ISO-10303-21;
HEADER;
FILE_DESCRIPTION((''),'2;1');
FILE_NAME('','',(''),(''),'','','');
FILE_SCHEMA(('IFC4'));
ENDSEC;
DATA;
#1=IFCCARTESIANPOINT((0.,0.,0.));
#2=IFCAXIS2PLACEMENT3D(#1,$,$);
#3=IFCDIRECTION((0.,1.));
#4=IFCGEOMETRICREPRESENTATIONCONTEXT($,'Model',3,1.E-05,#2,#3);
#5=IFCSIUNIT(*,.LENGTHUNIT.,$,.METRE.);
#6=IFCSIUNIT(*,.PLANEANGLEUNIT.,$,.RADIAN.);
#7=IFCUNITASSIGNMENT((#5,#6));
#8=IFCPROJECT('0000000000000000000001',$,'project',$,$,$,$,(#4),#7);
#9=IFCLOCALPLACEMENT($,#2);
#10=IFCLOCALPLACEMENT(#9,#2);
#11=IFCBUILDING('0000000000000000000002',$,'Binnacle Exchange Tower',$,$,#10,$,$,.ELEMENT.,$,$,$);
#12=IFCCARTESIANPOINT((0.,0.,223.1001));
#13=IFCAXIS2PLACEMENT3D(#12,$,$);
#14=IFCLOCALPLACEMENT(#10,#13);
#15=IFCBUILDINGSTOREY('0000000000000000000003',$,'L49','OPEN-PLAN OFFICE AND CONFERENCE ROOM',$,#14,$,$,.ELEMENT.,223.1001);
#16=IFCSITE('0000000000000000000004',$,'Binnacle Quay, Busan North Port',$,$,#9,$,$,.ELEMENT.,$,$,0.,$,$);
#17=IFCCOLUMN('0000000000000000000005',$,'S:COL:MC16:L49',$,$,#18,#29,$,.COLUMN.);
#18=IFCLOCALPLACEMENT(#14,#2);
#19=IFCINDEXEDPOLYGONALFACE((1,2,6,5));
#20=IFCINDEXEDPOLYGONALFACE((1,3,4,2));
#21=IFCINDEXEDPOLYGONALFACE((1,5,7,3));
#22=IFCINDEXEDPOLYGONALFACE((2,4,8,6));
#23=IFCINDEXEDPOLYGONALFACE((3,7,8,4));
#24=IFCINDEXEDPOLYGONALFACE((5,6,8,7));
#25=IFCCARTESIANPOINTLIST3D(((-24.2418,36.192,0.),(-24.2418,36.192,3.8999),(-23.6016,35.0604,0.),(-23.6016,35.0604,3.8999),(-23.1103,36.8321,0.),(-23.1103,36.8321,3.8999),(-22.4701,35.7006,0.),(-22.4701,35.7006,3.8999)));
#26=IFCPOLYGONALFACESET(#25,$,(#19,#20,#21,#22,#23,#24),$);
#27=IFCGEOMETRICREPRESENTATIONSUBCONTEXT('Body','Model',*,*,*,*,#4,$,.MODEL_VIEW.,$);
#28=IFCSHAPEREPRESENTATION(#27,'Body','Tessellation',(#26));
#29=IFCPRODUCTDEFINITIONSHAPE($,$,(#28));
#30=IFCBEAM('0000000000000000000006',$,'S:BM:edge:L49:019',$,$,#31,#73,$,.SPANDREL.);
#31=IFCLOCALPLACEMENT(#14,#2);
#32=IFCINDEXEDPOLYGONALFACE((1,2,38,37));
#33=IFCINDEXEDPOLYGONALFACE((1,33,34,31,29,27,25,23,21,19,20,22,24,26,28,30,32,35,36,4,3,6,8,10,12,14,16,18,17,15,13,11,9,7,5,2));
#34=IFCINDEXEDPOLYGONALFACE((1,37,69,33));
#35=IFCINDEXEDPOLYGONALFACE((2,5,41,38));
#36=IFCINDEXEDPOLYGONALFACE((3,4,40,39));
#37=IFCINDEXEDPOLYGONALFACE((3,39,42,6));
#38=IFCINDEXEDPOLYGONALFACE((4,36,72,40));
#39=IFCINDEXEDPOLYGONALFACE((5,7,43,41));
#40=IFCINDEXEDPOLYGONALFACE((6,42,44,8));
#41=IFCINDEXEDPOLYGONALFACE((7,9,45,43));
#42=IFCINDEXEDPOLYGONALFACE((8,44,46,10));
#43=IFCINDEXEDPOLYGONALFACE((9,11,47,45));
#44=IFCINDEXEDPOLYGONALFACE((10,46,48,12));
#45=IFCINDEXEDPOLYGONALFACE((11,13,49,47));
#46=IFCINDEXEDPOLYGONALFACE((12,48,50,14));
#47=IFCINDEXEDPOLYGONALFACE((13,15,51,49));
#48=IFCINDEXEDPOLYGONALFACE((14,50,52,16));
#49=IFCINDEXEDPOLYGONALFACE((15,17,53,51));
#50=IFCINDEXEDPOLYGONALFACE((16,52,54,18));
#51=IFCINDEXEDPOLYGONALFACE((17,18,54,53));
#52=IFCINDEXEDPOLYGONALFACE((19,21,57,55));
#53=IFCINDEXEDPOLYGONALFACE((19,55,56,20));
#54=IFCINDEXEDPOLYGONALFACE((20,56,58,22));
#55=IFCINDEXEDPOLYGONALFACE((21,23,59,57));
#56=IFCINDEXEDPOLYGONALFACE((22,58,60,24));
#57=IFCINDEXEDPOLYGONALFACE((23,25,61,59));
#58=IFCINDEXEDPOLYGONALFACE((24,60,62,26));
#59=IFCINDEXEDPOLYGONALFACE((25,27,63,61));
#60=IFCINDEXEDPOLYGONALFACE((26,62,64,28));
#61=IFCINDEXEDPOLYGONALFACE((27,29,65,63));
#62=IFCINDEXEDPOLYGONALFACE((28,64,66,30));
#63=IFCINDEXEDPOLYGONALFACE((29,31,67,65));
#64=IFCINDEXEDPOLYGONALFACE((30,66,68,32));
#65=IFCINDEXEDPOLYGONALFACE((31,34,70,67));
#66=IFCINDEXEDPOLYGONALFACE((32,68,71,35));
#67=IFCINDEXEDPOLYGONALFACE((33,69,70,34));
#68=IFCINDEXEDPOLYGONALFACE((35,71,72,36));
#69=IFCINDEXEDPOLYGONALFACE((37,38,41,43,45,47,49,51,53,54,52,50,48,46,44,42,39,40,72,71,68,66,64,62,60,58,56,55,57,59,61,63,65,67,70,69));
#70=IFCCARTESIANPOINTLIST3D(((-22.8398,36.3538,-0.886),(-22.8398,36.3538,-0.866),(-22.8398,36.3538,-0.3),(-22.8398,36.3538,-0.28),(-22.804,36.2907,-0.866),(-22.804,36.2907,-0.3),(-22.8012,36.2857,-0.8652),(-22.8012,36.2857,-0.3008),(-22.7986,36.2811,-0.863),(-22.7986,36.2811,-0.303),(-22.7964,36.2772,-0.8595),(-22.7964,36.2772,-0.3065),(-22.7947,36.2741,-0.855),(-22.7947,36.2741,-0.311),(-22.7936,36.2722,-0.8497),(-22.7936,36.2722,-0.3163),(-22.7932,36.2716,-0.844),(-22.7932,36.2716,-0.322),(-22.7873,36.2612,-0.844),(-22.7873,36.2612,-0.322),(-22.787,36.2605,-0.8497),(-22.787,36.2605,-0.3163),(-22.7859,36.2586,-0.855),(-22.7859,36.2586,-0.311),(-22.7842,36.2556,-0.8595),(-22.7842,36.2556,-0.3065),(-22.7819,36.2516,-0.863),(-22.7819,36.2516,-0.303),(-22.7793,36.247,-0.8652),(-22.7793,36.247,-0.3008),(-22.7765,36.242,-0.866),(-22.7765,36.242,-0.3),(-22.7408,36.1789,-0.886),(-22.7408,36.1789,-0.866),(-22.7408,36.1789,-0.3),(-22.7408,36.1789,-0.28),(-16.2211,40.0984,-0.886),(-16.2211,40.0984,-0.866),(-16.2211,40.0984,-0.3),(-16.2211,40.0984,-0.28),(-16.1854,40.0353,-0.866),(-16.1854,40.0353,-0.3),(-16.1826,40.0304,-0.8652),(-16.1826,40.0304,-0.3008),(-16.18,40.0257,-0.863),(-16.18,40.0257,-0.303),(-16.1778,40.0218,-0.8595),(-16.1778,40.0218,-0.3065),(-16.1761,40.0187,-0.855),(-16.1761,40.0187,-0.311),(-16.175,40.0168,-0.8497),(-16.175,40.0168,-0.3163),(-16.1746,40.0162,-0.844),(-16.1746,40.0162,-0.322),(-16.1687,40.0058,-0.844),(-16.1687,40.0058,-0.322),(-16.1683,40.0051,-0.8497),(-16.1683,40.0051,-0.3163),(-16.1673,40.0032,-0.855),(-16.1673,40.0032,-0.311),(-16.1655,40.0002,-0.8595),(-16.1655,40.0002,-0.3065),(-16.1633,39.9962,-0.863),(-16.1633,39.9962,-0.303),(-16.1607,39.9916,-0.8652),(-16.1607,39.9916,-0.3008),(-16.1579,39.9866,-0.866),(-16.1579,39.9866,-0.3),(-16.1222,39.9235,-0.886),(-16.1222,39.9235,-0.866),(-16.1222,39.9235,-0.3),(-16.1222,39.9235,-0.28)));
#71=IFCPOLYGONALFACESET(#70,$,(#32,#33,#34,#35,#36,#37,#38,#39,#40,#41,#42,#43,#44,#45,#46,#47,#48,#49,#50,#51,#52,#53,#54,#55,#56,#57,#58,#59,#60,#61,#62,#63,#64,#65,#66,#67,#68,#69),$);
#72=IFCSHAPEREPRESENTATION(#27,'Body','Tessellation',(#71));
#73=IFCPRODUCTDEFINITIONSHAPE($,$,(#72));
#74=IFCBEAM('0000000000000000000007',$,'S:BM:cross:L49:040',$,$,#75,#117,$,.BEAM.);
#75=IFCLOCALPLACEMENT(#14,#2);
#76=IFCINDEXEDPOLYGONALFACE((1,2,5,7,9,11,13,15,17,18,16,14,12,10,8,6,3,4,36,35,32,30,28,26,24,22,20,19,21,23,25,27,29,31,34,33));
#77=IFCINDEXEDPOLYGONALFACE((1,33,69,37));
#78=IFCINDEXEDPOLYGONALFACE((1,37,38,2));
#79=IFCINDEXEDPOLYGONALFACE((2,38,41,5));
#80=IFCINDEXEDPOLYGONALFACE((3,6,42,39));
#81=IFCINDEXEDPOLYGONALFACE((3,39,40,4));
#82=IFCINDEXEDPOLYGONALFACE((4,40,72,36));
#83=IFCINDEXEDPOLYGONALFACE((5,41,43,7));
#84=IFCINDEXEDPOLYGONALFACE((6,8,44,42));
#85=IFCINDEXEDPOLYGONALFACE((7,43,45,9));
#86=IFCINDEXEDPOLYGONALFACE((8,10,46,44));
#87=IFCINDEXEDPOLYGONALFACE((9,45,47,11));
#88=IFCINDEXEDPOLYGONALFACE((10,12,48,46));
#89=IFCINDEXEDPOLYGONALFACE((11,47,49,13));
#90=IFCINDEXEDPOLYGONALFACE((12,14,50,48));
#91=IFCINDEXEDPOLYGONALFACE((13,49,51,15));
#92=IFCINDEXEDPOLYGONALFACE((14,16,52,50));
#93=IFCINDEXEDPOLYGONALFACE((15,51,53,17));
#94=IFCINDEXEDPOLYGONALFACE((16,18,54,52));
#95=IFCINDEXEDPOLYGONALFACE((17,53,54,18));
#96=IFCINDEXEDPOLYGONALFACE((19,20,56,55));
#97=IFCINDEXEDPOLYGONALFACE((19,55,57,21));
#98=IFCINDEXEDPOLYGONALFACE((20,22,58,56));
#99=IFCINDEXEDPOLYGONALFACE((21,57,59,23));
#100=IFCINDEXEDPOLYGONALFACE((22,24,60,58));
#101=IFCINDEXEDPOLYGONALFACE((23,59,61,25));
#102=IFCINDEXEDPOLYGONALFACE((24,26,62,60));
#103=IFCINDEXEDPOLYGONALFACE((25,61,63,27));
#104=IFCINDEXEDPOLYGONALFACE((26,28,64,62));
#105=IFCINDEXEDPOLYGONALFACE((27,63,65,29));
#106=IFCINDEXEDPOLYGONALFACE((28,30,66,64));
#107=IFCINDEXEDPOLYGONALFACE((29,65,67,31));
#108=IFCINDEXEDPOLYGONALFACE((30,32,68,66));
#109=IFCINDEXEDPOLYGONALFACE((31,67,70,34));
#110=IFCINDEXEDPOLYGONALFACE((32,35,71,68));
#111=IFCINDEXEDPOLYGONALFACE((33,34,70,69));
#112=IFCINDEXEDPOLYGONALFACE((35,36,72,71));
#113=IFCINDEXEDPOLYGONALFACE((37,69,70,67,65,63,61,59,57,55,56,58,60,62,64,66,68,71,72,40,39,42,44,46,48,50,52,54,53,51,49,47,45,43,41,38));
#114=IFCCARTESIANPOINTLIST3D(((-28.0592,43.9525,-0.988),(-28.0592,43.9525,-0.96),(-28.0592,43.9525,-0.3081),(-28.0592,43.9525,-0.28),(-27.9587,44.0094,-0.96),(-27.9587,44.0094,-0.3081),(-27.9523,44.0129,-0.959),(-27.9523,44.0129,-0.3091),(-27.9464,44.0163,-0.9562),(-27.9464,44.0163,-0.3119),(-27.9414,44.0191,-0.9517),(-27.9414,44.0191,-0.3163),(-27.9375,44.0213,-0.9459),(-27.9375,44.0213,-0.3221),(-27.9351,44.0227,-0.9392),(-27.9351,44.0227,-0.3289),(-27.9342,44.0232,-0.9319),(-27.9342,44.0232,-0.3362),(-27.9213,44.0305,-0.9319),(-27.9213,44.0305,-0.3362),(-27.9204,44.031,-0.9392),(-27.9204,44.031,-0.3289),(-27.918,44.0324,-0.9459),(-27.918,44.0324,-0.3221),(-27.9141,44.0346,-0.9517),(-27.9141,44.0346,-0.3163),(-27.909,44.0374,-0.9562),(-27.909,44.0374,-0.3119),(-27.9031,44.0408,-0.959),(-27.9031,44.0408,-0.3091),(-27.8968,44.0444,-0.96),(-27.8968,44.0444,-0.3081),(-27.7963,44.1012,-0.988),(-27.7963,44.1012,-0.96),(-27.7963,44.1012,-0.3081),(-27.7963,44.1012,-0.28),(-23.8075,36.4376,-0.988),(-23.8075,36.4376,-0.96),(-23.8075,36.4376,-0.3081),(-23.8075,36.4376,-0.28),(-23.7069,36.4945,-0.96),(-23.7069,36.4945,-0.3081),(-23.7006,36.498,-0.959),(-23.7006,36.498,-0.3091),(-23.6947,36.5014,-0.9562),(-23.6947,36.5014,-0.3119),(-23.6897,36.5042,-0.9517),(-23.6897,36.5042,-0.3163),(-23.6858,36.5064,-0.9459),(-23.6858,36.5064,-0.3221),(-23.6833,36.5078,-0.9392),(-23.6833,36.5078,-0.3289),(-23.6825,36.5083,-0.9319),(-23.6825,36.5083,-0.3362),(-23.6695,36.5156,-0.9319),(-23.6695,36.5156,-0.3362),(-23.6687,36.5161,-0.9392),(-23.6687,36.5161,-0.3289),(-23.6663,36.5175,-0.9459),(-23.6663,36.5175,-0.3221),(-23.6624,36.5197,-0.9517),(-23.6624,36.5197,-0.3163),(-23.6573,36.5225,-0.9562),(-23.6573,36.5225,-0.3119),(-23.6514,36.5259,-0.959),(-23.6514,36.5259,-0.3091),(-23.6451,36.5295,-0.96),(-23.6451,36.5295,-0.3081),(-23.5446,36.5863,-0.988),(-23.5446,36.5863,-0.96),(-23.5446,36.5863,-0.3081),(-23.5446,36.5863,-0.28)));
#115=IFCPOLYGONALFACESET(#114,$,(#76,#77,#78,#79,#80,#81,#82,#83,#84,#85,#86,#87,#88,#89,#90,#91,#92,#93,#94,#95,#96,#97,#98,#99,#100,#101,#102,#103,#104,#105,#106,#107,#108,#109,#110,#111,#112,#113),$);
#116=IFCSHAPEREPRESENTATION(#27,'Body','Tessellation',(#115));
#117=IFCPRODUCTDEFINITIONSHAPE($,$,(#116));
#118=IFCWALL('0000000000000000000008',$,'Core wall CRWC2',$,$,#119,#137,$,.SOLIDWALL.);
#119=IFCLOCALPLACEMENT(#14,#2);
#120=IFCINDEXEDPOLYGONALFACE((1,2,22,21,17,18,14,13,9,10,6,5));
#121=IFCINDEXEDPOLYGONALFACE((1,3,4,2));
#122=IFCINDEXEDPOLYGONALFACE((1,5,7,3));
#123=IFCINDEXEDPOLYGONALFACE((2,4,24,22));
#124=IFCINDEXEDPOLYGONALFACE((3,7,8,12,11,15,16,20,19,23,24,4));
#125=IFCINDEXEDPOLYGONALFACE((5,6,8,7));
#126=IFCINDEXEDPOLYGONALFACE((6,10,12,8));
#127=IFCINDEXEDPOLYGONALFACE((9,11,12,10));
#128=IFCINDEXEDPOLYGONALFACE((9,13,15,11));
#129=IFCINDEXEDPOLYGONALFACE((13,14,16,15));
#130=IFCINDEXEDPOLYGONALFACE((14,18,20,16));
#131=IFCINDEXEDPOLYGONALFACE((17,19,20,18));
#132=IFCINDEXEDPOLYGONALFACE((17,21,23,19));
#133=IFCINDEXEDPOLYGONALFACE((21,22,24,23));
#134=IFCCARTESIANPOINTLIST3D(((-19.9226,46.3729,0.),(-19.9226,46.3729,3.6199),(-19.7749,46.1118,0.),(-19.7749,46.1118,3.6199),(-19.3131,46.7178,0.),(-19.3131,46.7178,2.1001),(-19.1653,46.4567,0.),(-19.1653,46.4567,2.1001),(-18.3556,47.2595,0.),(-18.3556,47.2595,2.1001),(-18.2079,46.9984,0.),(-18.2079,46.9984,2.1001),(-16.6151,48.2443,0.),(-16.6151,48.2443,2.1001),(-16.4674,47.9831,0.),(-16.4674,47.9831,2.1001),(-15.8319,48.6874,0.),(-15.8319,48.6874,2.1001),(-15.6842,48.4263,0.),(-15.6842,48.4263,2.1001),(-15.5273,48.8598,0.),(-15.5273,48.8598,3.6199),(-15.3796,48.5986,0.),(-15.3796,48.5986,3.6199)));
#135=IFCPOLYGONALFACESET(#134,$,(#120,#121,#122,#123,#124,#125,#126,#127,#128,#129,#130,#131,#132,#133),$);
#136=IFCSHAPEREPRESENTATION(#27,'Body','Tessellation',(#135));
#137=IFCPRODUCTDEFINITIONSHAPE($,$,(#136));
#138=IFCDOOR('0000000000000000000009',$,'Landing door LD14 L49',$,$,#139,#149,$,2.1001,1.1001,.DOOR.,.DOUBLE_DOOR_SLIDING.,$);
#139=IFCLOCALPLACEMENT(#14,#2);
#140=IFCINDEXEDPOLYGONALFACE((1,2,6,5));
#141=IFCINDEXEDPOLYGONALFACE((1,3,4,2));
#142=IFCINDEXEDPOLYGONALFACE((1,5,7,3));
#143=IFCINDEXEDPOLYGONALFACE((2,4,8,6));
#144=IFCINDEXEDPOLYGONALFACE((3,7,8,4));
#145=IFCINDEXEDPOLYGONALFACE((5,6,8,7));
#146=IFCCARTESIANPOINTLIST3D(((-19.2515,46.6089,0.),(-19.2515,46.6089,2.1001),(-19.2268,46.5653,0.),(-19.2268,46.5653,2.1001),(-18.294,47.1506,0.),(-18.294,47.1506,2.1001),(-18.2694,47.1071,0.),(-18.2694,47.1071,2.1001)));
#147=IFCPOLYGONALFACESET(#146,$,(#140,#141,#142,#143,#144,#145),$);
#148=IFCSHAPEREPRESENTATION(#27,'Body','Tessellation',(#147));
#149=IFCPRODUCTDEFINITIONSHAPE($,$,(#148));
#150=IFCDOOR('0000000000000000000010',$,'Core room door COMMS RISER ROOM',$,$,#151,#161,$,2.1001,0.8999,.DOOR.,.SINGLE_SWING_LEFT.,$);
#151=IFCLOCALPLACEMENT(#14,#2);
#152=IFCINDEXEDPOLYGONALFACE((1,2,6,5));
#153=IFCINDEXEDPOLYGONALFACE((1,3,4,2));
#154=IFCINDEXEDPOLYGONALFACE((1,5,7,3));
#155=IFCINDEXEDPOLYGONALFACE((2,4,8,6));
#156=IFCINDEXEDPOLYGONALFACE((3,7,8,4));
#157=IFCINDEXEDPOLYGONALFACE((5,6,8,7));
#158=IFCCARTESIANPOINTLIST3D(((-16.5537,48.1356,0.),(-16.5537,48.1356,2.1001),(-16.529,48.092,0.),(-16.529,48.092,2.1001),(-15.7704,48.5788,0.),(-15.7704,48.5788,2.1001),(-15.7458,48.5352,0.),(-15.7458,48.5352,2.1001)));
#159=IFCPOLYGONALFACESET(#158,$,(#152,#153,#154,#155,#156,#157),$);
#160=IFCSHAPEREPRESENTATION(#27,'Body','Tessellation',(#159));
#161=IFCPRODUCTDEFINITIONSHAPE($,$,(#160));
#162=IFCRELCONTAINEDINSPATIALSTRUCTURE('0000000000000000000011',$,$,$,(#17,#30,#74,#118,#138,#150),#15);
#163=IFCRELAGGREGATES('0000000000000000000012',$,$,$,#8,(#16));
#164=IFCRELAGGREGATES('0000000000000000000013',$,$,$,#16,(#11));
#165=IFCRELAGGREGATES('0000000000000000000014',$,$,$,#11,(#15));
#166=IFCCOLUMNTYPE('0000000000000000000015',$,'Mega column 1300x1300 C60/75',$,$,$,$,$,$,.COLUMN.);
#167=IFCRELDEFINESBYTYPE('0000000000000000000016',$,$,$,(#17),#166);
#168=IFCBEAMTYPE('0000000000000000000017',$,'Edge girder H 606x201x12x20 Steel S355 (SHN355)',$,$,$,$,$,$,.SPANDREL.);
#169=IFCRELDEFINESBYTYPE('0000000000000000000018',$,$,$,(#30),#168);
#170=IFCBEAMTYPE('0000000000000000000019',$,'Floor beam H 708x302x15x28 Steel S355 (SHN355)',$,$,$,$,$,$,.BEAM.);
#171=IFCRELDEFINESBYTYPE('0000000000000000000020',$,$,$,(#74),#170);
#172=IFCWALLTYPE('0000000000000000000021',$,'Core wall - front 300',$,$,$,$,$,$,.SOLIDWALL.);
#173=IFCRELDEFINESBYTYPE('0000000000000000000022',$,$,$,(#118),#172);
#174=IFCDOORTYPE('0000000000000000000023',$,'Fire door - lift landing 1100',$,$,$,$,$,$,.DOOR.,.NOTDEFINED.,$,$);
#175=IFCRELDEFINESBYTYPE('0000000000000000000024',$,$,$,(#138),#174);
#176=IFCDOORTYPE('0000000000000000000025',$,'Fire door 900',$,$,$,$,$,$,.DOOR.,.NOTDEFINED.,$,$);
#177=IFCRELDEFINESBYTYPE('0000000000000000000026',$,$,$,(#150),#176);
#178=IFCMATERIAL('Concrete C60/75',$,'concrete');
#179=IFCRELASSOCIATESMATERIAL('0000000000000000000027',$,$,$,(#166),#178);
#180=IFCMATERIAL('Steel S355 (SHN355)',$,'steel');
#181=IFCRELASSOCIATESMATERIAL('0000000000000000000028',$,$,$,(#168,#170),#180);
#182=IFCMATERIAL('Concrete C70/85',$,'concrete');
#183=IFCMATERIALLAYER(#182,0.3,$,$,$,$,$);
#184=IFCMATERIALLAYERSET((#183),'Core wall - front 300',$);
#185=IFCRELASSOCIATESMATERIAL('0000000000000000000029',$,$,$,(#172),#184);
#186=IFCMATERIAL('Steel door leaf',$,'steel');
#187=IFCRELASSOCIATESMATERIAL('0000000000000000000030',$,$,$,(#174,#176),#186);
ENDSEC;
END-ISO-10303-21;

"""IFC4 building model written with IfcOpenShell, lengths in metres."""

from ifc_helpers import new_model, si_unit, direction, frame, frame_2d, origin, origin_2d, place, context, subcontext, project, spatial, rectangle, i_section, extrude, material, layer, layer_set, material_profile, profile_set, type_object, element, fill, save


model = new_model("IFC4")

# Units and contexts
model_context = context("Model", 3, precision=1e-05, world=origin(), true_north=direction((0.0, 1.0)))
body_context = subcontext(model_context, "Body", "Model", "MODEL_VIEW")
ifc_project = project(units=[si_unit("LENGTHUNIT", "METRE"), si_unit("PLANEANGLEUNIT", "RADIAN")], contexts=[model_context])

# Site, building, storey
site_placement = place(None, origin())
site = spatial("IfcSite", under=ifc_project, at=site_placement, Name="Binnacle Quay, Busan North Port", CompositionType="ELEMENT", RefElevation=0.0)
building_placement = place(site_placement, origin())
building = spatial("IfcBuilding", under=site, at=building_placement, Name="Binnacle Exchange Tower", CompositionType="ELEMENT")
storey_placement = place(building_placement, frame((0.0, 0.0, 223.1001)))
storey = spatial("IfcBuildingStorey", under=building, at=storey_placement, Name="L49", Description="OPEN-PLAN OFFICE AND CONFERENCE ROOM", CompositionType="ELEMENT", Elevation=223.1001)

# Column
ifc_material_1 = material(Name="Concrete C60/75", Category="concrete")
ifc_material_profile_1 = material_profile(ifc_material_1, rectangle(XDim=1.3, YDim=1.3, at=origin_2d()), Name="Mega column 1300x1300 C60/75")
ifc_profile_set_1 = profile_set([ifc_material_profile_1], Name="Concrete C60/75")
column_type = type_object("IfcColumnType", Name="Mega column 1300x1300 C60/75", PredefinedType="COLUMN", material=ifc_profile_set_1)
column_placement = place(storey_placement, frame((-23.356, 35.9463, 0.0), z_axis=(0.0, 0.0, 1.0), x_axis=(0.870356, 0.492424, 0.0)))
element("IfcColumn", 1, at=column_placement, inside=storey, type_object=column_type, Name="S:COL:MC16:L49", PredefinedType="COLUMN", context=body_context, shape_type="SweptSolid", body=[
    extrude(rectangle(XDim=1.3, YDim=1.3, at=origin_2d()), origin(), (0.0, 0.0, 1.0), 3.8999),
])

# Beams
ifc_material_2 = material(Name="Steel S355 (SHN355)", Category="steel")
ifc_material_profile_2 = material_profile(ifc_material_2, i_section(OverallWidth=0.2009, OverallDepth=0.606, WebThickness=0.012, FlangeThickness=0.02, FilletRadius=0.022, at=origin_2d()), Name="H 606x201x12x20")
ifc_profile_set_2 = profile_set([ifc_material_profile_2], Name="Steel S355 (SHN355)")
beam_type_1 = type_object("IfcBeamType", Name="Edge girder H 606x201x12x20 Steel S355 (SHN355)", PredefinedType="SPANDREL", material=ifc_profile_set_2)
beam_1_placement = place(storey_placement, frame((-22.7903, 36.2664, -0.583), z_axis=(0.870357, 0.492421, 0.0), x_axis=(-0.492421, 0.870357, 0.0)))
element("IfcBeam", 2, at=beam_1_placement, inside=storey, type_object=beam_type_1, Name="S:BM:edge:L49:019", PredefinedType="SPANDREL", context=body_context, shape_type="SweptSolid", body=[
    extrude(i_section(OverallWidth=0.2009, OverallDepth=0.606, WebThickness=0.012, FlangeThickness=0.02, FilletRadius=0.022, at=origin_2d()), origin(), (0.0, 0.0, 1.0), 7.6045),
])
ifc_material_profile_3 = material_profile(ifc_material_2, i_section(OverallWidth=0.302, OverallDepth=0.708, WebThickness=0.0149, FlangeThickness=0.0281, FilletRadius=0.0281, at=origin_2d()), Name="H 708x302x15x28")
ifc_profile_set_3 = profile_set([ifc_material_profile_3], Name="Steel S355 (SHN355)")
beam_type_2 = type_object("IfcBeamType", Name="Floor beam H 708x302x15x28 Steel S355 (SHN355)", PredefinedType="BEAM", material=ifc_profile_set_3)
beam_2_placement = place(storey_placement, frame((-23.676, 36.512, -0.634), z_axis=(-0.492422, 0.870356, 0.0), x_axis=(-0.870356, -0.492422, 0.0)))
element("IfcBeam", 3, at=beam_2_placement, inside=storey, type_object=beam_type_2, Name="S:BM:cross:L49:040", PredefinedType="BEAM", context=body_context, shape_type="SweptSolid", body=[
    extrude(i_section(OverallWidth=0.302, OverallDepth=0.708, WebThickness=0.0149, FlangeThickness=0.0281, FilletRadius=0.0281, at=origin_2d()), origin(), (0.0, 0.0, 1.0), 8.6343),
])

# Wall, openings, doors
ifc_material_3 = material(Name="Concrete C70/85", Category="concrete")
ifc_layer_1 = layer(ifc_material_3, 0.3)
ifc_layer_set_1 = layer_set([ifc_layer_1], Name="Core wall - front 300")
wall_type_1 = type_object("IfcWallType", Name="Core wall - front 300", PredefinedType="SOLIDWALL", material=ifc_layer_set_1)
wall_1_placement = place(storey_placement, frame((-19.8486, 46.2424, 0.0), z_axis=(0.0, 0.0, 1.0), x_axis=(0.870348, 0.492438, 0.0)))
wall_1 = element("IfcWall", 4, at=wall_1_placement, inside=storey, type_object=wall_type_1, Name="Core wall CRWC2", PredefinedType="SOLIDWALL", context=body_context, shape_type="SweptSolid", body=[
    extrude(rectangle(XDim=5.05, YDim=0.3, at=frame_2d((2.5249, 0.0))), origin(), (0.0, 0.0, 1.0), 3.6199),
])
opening_1_placement = place(wall_1_placement, frame((0.7002, 0.0, 0.0)))
opening_1 = element("IfcOpeningElement", 5, at=opening_1_placement, cuts=wall_1, PredefinedType="OPENING", context=body_context, shape_type="SweptSolid", body=[
    extrude(rectangle(XDim=1.1001, YDim=2.1001, at=frame_2d((0.55, 1.05))), frame((0.0, 0.1599, 0.0), z_axis=(0.0, -1.0, 0.0), x_axis=(1.0, 0.0, 0.0)), (0.0, 0.0, 1.0), 0.3201),
])
opening_2_placement = place(wall_1_placement, frame((3.8, 0.0, 0.0)))
opening_2 = element("IfcOpeningElement", 6, at=opening_2_placement, cuts=wall_1, PredefinedType="OPENING", context=body_context, shape_type="SweptSolid", body=[
    extrude(rectangle(XDim=0.8999, YDim=2.1001, at=frame_2d((0.45, 1.05))), frame((0.0, 0.1599, 0.0), z_axis=(0.0, -1.0, 0.0), x_axis=(1.0, 0.0, 0.0)), (0.0, 0.0, 1.0), 0.3201),
])
ifc_material_4 = material(Name="Steel door leaf", Category="steel")
door_type_1 = type_object("IfcDoorType", Name="Fire door - lift landing 1100", OperationType="NOTDEFINED", PredefinedType="DOOR", material=ifc_material_4)
door_1_placement = place(opening_1_placement, origin())
door_1 = element("IfcDoor", 7, at=door_1_placement, inside=storey, type_object=door_type_1, Name="Landing door LD14 L49", OperationType="DOUBLE_DOOR_SLIDING", OverallHeight=2.1001, OverallWidth=1.1001, PredefinedType="DOOR", context=body_context, shape_type="SweptSolid", body=[
    extrude(rectangle(XDim=1.1001, YDim=2.1001, at=frame_2d((0.55, 1.05))), frame((0.0, 0.0249, 0.0), z_axis=(0.0, -1.0, 0.0), x_axis=(1.0, 0.0, 0.0)), (0.0, 0.0, 1.0), 0.05),
])
fill(opening_1, door_1)
door_type_2 = type_object("IfcDoorType", Name="Fire door 900", OperationType="NOTDEFINED", PredefinedType="DOOR", material=ifc_material_4)
door_2_placement = place(opening_2_placement, frame((0.8999, 0.0, 0.0), z_axis=(0.0, 0.0, 1.0), x_axis=(-1.0, 0.0, 0.0)))
door_2 = element("IfcDoor", 8, at=door_2_placement, inside=storey, type_object=door_type_2, Name="Core room door COMMS RISER ROOM", OperationType="SINGLE_SWING_LEFT", OverallHeight=2.1001, OverallWidth=0.8999, PredefinedType="DOOR", context=body_context, shape_type="SweptSolid", body=[
    extrude(rectangle(XDim=0.8999, YDim=2.1001, at=frame_2d((0.45, 1.05))), frame((0.0, 0.0249, 0.0), z_axis=(0.0, -1.0, 0.0), x_axis=(1.0, 0.0, 0.0)), (0.0, 0.0, 1.0), 0.05),
])
fill(opening_2, door_2)

save(model, "model.ifc")
